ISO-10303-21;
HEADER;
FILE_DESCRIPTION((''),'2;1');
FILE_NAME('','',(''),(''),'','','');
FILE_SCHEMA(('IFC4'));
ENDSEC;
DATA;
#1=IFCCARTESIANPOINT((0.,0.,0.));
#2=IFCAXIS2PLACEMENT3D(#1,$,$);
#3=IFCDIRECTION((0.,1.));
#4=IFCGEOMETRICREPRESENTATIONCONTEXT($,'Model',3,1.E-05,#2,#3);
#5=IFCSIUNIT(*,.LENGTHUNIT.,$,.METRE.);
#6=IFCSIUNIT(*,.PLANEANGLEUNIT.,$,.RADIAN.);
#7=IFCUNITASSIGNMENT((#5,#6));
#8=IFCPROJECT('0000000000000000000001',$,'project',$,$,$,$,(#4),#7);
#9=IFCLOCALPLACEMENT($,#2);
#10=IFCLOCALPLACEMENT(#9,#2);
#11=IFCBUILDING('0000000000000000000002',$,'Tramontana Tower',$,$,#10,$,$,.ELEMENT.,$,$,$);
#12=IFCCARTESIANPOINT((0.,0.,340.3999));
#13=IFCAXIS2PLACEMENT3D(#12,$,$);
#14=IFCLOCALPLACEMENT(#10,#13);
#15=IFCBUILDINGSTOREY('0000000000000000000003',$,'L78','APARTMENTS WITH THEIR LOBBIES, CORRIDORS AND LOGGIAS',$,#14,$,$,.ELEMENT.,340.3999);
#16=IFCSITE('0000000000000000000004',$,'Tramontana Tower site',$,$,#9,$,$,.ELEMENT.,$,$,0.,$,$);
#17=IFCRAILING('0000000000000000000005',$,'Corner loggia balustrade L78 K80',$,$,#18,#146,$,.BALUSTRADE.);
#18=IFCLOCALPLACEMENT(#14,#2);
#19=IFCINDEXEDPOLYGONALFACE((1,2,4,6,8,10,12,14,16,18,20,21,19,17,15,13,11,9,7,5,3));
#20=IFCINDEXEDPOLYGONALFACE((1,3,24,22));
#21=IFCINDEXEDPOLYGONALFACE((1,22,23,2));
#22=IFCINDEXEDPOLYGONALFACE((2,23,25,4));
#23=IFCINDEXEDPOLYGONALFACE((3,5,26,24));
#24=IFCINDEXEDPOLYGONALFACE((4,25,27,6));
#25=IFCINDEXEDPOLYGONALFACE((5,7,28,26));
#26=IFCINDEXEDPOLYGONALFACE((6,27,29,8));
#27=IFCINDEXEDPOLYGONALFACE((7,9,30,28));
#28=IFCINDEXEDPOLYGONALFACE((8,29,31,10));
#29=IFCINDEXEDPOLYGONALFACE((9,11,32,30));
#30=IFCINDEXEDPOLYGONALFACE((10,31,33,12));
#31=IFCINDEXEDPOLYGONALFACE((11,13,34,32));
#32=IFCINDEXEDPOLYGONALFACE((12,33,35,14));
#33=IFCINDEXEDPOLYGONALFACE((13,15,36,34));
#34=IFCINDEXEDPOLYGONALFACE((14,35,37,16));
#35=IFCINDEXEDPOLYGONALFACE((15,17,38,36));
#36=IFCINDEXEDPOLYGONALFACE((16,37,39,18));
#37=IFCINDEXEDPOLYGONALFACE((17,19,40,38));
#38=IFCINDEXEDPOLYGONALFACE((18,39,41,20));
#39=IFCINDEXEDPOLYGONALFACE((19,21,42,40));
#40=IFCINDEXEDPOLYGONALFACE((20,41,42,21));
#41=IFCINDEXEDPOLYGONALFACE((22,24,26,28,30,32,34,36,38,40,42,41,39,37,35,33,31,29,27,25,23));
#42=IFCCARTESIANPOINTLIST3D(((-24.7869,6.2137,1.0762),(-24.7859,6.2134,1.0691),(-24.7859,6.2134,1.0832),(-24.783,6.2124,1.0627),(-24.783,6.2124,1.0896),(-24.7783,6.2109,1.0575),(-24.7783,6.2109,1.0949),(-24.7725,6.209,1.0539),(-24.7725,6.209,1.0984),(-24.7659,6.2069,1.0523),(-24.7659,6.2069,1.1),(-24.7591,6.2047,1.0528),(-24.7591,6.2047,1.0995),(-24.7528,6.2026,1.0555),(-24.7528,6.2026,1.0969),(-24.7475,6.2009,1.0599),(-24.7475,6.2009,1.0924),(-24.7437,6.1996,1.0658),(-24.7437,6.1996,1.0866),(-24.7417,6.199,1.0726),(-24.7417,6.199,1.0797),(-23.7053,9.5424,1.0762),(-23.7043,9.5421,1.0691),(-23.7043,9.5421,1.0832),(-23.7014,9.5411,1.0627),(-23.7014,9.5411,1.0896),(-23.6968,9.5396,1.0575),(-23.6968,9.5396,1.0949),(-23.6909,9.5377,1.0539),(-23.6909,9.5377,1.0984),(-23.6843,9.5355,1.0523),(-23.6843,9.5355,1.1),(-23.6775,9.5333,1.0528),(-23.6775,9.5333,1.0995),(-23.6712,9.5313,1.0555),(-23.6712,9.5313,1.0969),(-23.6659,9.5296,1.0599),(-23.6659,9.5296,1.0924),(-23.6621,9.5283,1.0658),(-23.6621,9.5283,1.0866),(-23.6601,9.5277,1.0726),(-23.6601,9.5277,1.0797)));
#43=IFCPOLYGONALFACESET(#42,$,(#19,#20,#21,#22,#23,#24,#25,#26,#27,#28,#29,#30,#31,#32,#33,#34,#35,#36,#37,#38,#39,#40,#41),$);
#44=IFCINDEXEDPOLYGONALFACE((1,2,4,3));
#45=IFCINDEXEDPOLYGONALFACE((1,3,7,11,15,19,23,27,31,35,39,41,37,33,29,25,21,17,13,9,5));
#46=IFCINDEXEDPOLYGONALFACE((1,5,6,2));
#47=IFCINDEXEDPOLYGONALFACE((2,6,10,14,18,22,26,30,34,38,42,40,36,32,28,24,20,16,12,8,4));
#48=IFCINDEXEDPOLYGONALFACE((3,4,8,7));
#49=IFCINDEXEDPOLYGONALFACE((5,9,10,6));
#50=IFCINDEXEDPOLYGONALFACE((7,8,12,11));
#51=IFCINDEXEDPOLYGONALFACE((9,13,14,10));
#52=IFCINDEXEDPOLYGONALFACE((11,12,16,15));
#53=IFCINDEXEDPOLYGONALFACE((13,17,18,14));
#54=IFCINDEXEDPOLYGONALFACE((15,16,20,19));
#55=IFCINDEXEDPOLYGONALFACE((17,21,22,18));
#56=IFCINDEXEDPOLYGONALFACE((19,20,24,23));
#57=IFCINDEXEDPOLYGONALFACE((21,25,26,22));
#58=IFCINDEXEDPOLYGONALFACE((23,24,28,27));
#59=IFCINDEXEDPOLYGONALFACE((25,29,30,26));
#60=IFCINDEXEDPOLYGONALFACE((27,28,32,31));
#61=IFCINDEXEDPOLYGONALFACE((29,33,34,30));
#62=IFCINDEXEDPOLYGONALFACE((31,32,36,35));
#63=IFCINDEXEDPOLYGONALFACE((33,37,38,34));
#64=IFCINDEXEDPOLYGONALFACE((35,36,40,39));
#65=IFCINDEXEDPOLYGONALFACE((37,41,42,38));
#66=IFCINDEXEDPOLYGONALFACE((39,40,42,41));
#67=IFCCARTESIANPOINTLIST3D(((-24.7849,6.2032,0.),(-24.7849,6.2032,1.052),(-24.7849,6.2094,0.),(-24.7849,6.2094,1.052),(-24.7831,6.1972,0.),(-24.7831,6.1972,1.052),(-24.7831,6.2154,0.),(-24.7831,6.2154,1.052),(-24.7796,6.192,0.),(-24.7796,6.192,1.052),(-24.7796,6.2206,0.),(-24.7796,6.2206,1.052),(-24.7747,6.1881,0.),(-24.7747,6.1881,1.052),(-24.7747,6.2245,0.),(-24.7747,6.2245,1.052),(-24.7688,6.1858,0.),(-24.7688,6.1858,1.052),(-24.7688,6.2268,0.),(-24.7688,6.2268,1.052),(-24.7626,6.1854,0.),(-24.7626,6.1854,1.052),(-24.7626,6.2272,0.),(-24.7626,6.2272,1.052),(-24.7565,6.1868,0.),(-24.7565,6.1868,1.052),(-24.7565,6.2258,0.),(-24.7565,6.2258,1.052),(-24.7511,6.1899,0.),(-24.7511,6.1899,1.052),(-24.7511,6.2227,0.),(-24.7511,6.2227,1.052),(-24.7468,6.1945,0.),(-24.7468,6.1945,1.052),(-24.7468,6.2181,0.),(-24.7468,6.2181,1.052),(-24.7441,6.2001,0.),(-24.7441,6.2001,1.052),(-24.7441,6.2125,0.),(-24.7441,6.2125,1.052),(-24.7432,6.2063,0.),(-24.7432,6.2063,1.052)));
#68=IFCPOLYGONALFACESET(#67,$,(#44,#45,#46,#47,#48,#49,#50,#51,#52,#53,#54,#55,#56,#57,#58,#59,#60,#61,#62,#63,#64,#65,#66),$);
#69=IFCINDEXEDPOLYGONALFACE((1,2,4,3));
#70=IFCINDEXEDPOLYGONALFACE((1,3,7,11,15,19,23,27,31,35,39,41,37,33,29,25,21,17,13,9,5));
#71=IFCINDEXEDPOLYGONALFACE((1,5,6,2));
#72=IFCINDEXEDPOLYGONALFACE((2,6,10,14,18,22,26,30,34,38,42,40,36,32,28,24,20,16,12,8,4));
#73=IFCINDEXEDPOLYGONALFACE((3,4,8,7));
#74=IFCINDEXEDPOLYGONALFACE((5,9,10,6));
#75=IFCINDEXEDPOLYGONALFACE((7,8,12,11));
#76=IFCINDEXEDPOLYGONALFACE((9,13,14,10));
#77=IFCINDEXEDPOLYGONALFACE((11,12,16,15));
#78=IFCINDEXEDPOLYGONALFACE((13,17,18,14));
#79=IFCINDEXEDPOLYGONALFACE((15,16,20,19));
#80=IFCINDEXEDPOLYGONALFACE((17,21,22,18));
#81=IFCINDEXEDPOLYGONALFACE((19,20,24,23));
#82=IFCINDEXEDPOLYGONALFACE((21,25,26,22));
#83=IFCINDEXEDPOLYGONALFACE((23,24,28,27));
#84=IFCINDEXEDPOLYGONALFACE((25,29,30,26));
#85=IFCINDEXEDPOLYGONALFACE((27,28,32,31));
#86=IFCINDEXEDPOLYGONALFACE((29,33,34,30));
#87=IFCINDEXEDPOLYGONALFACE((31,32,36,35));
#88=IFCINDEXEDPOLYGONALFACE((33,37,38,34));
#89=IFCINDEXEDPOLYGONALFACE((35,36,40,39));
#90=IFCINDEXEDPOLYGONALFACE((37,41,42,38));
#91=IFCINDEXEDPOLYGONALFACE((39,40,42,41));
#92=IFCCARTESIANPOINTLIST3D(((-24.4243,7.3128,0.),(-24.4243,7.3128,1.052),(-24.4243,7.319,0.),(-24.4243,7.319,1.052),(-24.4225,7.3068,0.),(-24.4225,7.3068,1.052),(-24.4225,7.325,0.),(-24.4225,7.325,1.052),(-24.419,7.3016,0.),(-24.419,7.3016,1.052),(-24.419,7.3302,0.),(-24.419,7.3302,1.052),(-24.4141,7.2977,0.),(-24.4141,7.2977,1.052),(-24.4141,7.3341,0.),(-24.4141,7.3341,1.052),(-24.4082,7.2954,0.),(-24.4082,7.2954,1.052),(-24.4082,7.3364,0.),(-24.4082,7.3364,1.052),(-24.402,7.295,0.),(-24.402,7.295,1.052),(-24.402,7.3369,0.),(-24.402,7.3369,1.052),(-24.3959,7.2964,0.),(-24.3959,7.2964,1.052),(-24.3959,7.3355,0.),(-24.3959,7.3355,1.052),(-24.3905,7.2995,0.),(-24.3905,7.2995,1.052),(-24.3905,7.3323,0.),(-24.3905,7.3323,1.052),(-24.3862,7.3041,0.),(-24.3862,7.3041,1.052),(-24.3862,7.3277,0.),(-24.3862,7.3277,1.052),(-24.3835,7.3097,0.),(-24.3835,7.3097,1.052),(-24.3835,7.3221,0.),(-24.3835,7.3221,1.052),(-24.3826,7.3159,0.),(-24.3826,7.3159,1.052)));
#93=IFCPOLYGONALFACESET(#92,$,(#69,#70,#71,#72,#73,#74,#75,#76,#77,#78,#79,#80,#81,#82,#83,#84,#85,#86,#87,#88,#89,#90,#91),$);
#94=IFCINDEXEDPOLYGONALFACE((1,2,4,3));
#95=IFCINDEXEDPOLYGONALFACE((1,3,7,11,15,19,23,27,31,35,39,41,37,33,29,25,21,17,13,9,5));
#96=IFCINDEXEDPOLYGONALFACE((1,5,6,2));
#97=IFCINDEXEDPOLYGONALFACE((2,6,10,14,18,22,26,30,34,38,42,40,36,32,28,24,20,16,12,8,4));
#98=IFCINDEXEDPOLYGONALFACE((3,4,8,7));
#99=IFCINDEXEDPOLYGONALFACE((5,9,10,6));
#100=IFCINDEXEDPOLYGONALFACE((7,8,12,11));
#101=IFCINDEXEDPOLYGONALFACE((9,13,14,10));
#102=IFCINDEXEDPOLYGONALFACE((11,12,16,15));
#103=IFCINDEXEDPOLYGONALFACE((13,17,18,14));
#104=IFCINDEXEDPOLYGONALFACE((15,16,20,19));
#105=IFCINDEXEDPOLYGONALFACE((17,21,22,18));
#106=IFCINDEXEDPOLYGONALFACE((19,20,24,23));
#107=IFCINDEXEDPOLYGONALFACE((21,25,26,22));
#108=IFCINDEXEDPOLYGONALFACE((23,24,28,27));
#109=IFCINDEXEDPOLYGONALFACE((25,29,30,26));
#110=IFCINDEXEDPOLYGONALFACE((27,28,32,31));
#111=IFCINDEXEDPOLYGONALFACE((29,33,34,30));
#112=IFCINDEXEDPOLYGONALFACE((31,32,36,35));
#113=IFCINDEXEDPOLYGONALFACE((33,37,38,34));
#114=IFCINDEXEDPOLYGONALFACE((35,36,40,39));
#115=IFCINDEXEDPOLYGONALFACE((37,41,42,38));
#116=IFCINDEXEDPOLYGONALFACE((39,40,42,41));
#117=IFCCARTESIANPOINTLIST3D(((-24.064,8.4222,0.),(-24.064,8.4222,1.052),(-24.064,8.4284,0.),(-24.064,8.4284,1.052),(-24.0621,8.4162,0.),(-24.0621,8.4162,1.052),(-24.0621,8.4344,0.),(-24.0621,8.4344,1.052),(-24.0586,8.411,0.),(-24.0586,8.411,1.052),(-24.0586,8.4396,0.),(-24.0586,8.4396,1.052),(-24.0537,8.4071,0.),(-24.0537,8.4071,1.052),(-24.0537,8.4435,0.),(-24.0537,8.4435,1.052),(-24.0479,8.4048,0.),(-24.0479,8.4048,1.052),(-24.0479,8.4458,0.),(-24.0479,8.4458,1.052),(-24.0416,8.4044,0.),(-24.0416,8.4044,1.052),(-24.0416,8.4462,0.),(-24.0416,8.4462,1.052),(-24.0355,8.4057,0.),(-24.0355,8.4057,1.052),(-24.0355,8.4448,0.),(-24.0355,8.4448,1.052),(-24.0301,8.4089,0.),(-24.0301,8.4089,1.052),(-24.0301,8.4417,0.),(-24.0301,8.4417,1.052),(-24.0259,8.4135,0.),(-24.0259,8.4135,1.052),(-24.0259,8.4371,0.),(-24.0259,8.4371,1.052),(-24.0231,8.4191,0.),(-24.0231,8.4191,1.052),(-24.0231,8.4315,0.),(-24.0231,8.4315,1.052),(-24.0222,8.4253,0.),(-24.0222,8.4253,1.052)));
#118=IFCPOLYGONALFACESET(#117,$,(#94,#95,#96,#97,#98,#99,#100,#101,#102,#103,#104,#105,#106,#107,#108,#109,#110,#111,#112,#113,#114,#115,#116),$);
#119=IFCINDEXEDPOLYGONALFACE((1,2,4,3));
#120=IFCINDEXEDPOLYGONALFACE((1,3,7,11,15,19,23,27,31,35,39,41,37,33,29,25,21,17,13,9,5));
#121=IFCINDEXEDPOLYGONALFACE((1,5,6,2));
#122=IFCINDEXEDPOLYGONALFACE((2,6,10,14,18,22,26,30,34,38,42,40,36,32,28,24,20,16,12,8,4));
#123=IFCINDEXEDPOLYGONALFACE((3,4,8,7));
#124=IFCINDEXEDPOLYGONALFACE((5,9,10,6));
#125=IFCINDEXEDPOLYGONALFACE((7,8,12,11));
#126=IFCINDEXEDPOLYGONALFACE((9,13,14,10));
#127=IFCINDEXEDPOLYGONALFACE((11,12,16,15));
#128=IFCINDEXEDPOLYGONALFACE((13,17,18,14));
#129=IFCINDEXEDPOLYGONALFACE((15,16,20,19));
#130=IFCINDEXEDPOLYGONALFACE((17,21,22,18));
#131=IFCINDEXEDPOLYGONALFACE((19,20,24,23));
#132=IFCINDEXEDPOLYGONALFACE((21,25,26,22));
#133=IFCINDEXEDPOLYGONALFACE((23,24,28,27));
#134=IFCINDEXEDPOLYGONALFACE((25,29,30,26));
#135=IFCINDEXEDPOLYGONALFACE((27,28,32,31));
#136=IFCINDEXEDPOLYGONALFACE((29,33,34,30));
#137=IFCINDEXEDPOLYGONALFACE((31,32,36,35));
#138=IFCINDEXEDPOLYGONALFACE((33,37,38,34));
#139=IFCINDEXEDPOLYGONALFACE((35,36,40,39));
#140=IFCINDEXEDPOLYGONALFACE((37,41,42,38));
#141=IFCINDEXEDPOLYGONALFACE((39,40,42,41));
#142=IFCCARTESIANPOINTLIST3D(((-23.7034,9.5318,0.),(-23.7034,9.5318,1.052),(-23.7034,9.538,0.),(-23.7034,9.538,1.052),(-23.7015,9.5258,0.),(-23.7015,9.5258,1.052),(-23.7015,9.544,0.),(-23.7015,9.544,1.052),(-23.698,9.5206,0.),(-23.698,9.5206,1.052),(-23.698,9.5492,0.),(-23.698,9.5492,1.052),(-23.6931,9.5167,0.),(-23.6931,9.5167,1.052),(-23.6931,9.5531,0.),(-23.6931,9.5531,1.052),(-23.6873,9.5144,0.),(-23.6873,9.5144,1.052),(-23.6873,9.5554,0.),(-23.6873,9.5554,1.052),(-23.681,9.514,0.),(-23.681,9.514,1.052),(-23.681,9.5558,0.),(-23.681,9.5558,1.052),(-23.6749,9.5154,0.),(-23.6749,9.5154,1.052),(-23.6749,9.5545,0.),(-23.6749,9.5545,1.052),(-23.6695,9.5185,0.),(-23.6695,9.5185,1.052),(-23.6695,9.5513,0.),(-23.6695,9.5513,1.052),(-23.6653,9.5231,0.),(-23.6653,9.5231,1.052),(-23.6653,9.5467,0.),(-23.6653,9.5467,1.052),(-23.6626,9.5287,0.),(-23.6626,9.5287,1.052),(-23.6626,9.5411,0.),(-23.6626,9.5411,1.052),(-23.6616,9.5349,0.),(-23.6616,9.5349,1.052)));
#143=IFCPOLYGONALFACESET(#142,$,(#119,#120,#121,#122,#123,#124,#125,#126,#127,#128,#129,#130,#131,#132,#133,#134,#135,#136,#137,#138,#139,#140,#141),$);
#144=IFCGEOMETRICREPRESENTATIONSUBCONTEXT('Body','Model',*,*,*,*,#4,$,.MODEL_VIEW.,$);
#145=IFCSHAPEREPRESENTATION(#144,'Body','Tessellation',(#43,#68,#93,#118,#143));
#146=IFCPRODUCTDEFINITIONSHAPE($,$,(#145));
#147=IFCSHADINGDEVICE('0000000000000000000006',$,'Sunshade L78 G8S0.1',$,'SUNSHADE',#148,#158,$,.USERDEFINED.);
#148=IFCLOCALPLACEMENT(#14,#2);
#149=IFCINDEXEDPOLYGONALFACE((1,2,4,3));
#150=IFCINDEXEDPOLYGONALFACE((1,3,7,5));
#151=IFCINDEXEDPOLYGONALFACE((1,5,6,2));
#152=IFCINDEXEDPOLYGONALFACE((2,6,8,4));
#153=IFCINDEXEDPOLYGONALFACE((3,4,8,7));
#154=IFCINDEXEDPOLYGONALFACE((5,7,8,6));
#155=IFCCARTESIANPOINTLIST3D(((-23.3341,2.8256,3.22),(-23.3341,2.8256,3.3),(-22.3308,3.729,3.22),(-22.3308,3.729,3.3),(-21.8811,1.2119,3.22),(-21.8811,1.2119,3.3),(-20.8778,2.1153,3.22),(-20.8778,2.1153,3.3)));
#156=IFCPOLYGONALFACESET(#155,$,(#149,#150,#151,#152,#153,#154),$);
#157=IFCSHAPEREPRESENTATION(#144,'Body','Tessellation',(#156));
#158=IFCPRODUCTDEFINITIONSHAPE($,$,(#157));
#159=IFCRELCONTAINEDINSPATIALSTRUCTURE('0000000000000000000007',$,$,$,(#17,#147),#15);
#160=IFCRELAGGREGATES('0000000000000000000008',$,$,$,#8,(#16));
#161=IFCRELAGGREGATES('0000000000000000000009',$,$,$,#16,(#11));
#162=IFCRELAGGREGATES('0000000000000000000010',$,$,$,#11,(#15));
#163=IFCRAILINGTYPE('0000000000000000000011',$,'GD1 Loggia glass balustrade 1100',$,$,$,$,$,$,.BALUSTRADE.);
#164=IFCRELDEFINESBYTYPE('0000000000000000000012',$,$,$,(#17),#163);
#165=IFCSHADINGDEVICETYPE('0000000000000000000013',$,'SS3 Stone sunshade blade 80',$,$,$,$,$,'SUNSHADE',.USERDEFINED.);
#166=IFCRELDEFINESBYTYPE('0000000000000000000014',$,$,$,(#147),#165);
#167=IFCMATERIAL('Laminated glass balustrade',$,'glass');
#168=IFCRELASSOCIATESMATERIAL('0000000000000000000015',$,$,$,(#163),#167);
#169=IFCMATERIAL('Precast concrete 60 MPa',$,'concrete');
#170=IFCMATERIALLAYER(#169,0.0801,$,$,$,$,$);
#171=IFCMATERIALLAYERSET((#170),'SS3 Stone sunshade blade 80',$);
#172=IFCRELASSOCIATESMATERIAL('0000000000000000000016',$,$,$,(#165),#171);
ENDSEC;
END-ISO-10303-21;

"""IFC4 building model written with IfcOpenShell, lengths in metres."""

from ifc_helpers import new_model, si_unit, direction, frame, origin, origin_2d, place, context, subcontext, project, spatial, rectangle, circle, extrude, material, layer, layer_set, type_object, element, save


model = new_model("IFC4")

# Units and contexts
model_context = context("Model", 3, precision=1e-05, world=origin(), true_north=direction((0.0, 1.0)))
body_context = subcontext(model_context, "Body", "Model", "MODEL_VIEW")
ifc_project = project(units=[si_unit("LENGTHUNIT", "METRE"), si_unit("PLANEANGLEUNIT", "RADIAN")], contexts=[model_context])

# Site, building, storey
site_placement = place(None, origin())
site = spatial("IfcSite", under=ifc_project, at=site_placement, Name="Tramontana Tower site", CompositionType="ELEMENT", RefElevation=0.0)
building_placement = place(site_placement, origin())
building = spatial("IfcBuilding", under=site, at=building_placement, Name="Tramontana Tower", CompositionType="ELEMENT")
storey_placement = place(building_placement, frame((0.0, 0.0, 340.3999)))
storey = spatial("IfcBuildingStorey", under=building, at=storey_placement, Name="L78", Description="APARTMENTS WITH THEIR LOBBIES, CORRIDORS AND LOGGIAS", CompositionType="ELEMENT", Elevation=340.3999)

# Railing
ifc_material_1 = material(Name="Laminated glass balustrade", Category="glass")
railing_type = type_object("IfcRailingType", Name="GD1 Loggia glass balustrade 1100", PredefinedType="BALUSTRADE", material=ifc_material_1)
railing_1_placement = place(storey_placement, frame((-24.7642, 6.2063, 0.0)))
element("IfcRailing", 1, at=railing_1_placement, inside=storey, type_object=railing_type, Name="Corner loggia balustrade L78 K80", PredefinedType="BALUSTRADE", context=body_context, shape_type="SweptSolid", body=[
    extrude(circle(Radius=0.0239, at=origin_2d()), frame((0.0, 0.0, 1.0762), z_axis=(0.30902, 0.951056, 0.0), x_axis=(-0.951056, 0.30902, 0.0)), (0.0, 0.0, 1.0), 3.5),
    extrude(circle(Radius=0.021, at=origin_2d()), origin(), (0.0, 0.0, 1.0), 1.052),
    extrude(circle(Radius=0.021, at=origin_2d()), frame((0.3606, 1.1096, 0.0)), (0.0, 0.0, 1.0), 1.052),
    extrude(circle(Radius=0.021, at=origin_2d()), frame((0.7209, 2.219, 0.0)), (0.0, 0.0, 1.0), 1.052),
    extrude(circle(Radius=0.021, at=origin_2d()), frame((1.0815, 3.3286, 0.0)), (0.0, 0.0, 1.0), 1.052),
])

# Shading device
ifc_material_2 = material(Name="Precast concrete 60 MPa", Category="concrete")
ifc_layer_1 = layer(ifc_material_2, 0.0801)
ifc_layer_set_1 = layer_set([ifc_layer_1], Name="SS3 Stone sunshade blade 80")
shading_device_type = type_object("IfcShadingDeviceType", Name="SS3 Stone sunshade blade 80", ElementType="SUNSHADE", PredefinedType="USERDEFINED", material=ifc_layer_set_1)
shading_device_placement = place(storey_placement, frame((-22.106, 2.4705, 3.22), z_axis=(0.0, 0.0, 1.0), x_axis=(0.669131, -0.743145, 0.0)))
element("IfcShadingDevice", 2, at=shading_device_placement, inside=storey, type_object=shading_device_type, Name="Sunshade L78 G8S0.1", ObjectType="SUNSHADE", PredefinedType="USERDEFINED", context=body_context, shape_type="SweptSolid", body=[
    extrude(rectangle(XDim=2.1714, YDim=1.3501, at=origin_2d()), origin(), (0.0, 0.0, 1.0), 0.0801),
])

save(model, "model.ifc")
